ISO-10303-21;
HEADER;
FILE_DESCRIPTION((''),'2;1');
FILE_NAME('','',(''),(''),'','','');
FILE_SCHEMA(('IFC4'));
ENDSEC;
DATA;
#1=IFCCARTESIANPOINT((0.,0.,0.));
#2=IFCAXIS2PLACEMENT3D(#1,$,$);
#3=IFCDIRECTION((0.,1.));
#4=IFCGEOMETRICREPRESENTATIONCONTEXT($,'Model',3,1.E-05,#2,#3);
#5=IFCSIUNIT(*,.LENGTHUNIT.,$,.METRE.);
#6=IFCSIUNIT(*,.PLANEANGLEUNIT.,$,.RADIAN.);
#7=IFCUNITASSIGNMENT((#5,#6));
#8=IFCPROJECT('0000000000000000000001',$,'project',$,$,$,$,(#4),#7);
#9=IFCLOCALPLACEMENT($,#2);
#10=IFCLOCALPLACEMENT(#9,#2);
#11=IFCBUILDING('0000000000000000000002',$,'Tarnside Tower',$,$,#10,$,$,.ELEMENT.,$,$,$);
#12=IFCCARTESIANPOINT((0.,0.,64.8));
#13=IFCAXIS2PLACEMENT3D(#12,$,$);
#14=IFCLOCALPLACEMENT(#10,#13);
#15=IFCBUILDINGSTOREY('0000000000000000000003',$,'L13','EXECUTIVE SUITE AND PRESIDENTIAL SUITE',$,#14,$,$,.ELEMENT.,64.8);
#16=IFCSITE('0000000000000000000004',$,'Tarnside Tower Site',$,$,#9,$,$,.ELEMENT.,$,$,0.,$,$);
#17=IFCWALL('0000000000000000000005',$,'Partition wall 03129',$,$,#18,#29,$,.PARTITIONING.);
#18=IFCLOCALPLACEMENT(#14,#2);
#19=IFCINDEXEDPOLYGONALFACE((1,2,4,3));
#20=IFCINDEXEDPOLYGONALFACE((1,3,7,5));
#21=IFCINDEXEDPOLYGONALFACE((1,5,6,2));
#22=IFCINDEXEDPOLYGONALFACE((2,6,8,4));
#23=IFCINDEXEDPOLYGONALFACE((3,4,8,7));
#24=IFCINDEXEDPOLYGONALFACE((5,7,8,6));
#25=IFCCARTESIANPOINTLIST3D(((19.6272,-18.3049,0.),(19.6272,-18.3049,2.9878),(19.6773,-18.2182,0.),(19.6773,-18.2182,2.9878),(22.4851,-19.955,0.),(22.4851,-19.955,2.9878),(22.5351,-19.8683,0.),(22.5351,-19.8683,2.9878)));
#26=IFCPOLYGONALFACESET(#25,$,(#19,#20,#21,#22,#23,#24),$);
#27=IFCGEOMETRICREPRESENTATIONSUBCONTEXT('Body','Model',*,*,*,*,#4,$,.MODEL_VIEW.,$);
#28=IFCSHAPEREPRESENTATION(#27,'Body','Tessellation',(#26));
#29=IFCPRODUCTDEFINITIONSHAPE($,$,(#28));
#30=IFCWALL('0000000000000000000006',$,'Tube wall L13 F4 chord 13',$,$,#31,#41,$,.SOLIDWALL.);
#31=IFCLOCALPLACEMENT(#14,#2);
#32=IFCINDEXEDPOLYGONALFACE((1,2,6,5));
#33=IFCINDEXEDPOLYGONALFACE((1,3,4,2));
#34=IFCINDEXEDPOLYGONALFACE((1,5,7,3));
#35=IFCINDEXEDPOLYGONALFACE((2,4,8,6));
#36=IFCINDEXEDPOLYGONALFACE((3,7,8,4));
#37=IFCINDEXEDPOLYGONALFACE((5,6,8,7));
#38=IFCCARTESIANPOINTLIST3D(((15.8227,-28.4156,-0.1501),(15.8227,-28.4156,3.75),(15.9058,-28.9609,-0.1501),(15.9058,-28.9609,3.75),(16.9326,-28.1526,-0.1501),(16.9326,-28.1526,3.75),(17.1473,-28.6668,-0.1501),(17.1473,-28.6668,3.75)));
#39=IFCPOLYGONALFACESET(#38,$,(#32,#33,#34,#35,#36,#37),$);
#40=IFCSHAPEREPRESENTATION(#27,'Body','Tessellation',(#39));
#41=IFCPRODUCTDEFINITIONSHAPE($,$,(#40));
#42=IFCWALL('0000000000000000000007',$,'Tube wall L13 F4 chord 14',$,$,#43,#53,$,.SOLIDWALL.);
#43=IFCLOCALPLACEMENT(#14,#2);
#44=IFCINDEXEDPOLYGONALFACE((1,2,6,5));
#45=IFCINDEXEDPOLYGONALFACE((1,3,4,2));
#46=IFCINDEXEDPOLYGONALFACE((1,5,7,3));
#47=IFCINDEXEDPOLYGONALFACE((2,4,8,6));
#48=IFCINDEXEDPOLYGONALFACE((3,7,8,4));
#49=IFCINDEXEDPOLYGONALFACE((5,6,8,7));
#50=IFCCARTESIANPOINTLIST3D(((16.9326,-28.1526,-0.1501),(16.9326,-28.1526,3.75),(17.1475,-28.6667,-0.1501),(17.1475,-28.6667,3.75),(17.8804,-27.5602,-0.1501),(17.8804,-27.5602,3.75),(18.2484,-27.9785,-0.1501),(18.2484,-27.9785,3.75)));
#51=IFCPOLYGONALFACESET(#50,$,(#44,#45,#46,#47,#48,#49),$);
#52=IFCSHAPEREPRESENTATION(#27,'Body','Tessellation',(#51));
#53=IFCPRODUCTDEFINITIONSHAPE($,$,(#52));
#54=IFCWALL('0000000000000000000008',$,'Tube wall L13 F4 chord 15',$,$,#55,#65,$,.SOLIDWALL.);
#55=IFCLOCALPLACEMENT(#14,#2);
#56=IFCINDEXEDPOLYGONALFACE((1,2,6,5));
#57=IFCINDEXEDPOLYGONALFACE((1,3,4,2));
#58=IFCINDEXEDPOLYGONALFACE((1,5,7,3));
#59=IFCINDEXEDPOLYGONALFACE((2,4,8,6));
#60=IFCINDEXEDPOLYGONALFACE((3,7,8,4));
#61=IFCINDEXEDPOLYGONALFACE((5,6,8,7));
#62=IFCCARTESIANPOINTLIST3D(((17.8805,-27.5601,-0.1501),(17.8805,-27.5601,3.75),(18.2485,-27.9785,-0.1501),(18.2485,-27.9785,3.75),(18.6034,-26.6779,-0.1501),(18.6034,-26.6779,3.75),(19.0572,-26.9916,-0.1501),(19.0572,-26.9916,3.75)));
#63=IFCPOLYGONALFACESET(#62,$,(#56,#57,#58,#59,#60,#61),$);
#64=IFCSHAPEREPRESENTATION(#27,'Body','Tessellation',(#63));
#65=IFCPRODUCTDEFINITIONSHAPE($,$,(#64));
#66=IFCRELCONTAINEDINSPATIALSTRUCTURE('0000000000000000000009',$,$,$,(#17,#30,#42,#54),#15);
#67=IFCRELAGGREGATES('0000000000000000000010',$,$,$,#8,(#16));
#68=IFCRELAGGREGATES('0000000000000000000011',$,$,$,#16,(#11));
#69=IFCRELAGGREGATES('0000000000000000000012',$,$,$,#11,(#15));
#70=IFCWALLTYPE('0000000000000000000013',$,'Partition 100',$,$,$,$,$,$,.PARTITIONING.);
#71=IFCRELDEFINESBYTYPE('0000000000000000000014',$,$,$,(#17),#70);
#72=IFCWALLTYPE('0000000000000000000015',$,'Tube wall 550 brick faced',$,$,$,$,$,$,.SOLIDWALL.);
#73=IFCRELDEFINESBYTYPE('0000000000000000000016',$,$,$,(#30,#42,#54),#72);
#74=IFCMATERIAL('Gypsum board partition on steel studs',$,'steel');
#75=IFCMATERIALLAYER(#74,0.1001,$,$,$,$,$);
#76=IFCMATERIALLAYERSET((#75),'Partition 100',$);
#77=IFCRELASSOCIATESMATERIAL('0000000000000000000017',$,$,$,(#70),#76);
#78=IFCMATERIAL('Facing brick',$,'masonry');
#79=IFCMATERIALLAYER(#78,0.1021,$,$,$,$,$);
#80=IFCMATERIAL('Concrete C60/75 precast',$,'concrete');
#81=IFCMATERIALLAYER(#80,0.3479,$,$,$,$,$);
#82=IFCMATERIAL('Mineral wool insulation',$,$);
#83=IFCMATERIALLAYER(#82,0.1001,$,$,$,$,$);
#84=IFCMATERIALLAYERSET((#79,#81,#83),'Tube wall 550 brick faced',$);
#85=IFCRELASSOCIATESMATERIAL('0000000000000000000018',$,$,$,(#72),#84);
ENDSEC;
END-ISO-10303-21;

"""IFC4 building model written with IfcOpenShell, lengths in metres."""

from ifc_helpers import new_model, si_unit, direction, frame, frame_2d, origin, place, context, subcontext, project, spatial, polyline, rectangle, outline, extrude, material, layer, layer_set, type_object, element, save


model = new_model("IFC4")

# Units and contexts
model_context = context("Model", 3, precision=1e-05, world=origin(), true_north=direction((0.0, 1.0)))
body_context = subcontext(model_context, "Body", "Model", "MODEL_VIEW")
ifc_project = project(units=[si_unit("LENGTHUNIT", "METRE"), si_unit("PLANEANGLEUNIT", "RADIAN")], contexts=[model_context])

# Site, building, storey
site_placement = place(None, origin())
site = spatial("IfcSite", under=ifc_project, at=site_placement, Name="Tarnside Tower Site", CompositionType="ELEMENT", RefElevation=0.0)
building_placement = place(site_placement, origin())
building = spatial("IfcBuilding", under=site, at=building_placement, Name="Tarnside Tower", CompositionType="ELEMENT")
storey_placement = place(building_placement, frame((0.0, 0.0, 64.8)))
storey = spatial("IfcBuildingStorey", under=building, at=storey_placement, Name="L13", Description="EXECUTIVE SUITE AND PRESIDENTIAL SUITE", CompositionType="ELEMENT", Elevation=64.8)

# Shared definitions
ifc_material_1 = material(Name="Gypsum board partition on steel studs", Category="steel")

# Walls
ifc_layer_1 = layer(ifc_material_1, 0.1001)
ifc_layer_set_1 = layer_set([ifc_layer_1], Name="Partition 100")
wall_type_1 = type_object("IfcWallType", Name="Partition 100", PredefinedType="PARTITIONING", material=ifc_layer_set_1)
wall_1_placement = place(storey_placement, frame((22.51, -19.9116, 0.0), z_axis=(0.0, 0.0, 1.0), x_axis=(-0.866008, 0.50003, 0.0)))
element("IfcWall", 1, at=wall_1_placement, inside=storey, type_object=wall_type_1, Name="Partition wall 03129", PredefinedType="PARTITIONING", context=body_context, shape_type="SweptSolid", body=[
    extrude(rectangle(XDim=3.3, YDim=0.1001, at=frame_2d((1.6499, 0.0))), origin(), (0.0, 0.0, 1.0), 2.9878),
])
ifc_material_2 = material(Name="Facing brick", Category="masonry")
ifc_layer_2 = layer(ifc_material_2, 0.1021)
ifc_material_3 = material(Name="Concrete C60/75 precast", Category="concrete")
ifc_layer_3 = layer(ifc_material_3, 0.3479)
ifc_material_4 = material(Name="Mineral wool insulation")
ifc_layer_4 = layer(ifc_material_4, 0.1001)
ifc_layer_set_2 = layer_set([ifc_layer_2, ifc_layer_3, ifc_layer_4], Name="Tube wall 550 brick faced")
wall_type_2 = type_object("IfcWallType", Name="Tube wall 550 brick faced", PredefinedType="SOLIDWALL", material=ifc_layer_set_2)
wall_2_placement = place(storey_placement, frame((15.8643, -28.6882, -0.1501), z_axis=(0.0, 0.0, 1.0), x_axis=(0.973064, 0.230537, 0.0)))
element("IfcWall", 2, at=wall_2_placement, inside=storey, type_object=wall_type_2, Name="Tube wall L13 F4 chord 13", PredefinedType="SOLIDWALL", context=body_context, shape_type="SweptSolid", body=[
    extrude(outline(polyline([(-0.0225, -0.2749), (1.2534, -0.2749), (1.1631, 0.2749), (0.0225, 0.2749), (-0.0225, -0.2749)])), origin(), (0.0, 0.0, 1.0), 3.9001),
])
wall_3_placement = place(storey_placement, frame((17.04, -28.4097, -0.1501), z_axis=(0.0, 0.0, 1.0), x_axis=(0.847953, 0.530072, 0.0)))
element("IfcWall", 3, at=wall_3_placement, inside=storey, type_object=wall_type_2, Name="Tube wall L13 F4 chord 14", PredefinedType="SOLIDWALL", context=body_context, shape_type="SweptSolid", body=[
    extrude(outline(polyline([(-0.0452, -0.2749), (1.2532, -0.2749), (1.1628, 0.2749), (0.0452, 0.2749), (-0.0452, -0.2749)])), origin(), (0.0, 0.0, 1.0), 3.9001),
])
wall_4_placement = place(storey_placement, frame((18.0645, -27.7693, -0.1501), z_axis=(0.0, 0.0, 1.0), x_axis=(0.633843, 0.773462, 0.0)))
element("IfcWall", 4, at=wall_4_placement, inside=storey, type_object=wall_type_2, Name="Tube wall L13 F4 chord 15", PredefinedType="SOLIDWALL", context=body_context, shape_type="SweptSolid", body=[
    extrude(outline(polyline([(-0.0452, -0.2749), (1.2307, -0.2749), (1.1858, 0.2749), (0.0452, 0.2749), (-0.0452, -0.2749)])), origin(), (0.0, 0.0, 1.0), 3.9001),
])

save(model, "model.ifc")
